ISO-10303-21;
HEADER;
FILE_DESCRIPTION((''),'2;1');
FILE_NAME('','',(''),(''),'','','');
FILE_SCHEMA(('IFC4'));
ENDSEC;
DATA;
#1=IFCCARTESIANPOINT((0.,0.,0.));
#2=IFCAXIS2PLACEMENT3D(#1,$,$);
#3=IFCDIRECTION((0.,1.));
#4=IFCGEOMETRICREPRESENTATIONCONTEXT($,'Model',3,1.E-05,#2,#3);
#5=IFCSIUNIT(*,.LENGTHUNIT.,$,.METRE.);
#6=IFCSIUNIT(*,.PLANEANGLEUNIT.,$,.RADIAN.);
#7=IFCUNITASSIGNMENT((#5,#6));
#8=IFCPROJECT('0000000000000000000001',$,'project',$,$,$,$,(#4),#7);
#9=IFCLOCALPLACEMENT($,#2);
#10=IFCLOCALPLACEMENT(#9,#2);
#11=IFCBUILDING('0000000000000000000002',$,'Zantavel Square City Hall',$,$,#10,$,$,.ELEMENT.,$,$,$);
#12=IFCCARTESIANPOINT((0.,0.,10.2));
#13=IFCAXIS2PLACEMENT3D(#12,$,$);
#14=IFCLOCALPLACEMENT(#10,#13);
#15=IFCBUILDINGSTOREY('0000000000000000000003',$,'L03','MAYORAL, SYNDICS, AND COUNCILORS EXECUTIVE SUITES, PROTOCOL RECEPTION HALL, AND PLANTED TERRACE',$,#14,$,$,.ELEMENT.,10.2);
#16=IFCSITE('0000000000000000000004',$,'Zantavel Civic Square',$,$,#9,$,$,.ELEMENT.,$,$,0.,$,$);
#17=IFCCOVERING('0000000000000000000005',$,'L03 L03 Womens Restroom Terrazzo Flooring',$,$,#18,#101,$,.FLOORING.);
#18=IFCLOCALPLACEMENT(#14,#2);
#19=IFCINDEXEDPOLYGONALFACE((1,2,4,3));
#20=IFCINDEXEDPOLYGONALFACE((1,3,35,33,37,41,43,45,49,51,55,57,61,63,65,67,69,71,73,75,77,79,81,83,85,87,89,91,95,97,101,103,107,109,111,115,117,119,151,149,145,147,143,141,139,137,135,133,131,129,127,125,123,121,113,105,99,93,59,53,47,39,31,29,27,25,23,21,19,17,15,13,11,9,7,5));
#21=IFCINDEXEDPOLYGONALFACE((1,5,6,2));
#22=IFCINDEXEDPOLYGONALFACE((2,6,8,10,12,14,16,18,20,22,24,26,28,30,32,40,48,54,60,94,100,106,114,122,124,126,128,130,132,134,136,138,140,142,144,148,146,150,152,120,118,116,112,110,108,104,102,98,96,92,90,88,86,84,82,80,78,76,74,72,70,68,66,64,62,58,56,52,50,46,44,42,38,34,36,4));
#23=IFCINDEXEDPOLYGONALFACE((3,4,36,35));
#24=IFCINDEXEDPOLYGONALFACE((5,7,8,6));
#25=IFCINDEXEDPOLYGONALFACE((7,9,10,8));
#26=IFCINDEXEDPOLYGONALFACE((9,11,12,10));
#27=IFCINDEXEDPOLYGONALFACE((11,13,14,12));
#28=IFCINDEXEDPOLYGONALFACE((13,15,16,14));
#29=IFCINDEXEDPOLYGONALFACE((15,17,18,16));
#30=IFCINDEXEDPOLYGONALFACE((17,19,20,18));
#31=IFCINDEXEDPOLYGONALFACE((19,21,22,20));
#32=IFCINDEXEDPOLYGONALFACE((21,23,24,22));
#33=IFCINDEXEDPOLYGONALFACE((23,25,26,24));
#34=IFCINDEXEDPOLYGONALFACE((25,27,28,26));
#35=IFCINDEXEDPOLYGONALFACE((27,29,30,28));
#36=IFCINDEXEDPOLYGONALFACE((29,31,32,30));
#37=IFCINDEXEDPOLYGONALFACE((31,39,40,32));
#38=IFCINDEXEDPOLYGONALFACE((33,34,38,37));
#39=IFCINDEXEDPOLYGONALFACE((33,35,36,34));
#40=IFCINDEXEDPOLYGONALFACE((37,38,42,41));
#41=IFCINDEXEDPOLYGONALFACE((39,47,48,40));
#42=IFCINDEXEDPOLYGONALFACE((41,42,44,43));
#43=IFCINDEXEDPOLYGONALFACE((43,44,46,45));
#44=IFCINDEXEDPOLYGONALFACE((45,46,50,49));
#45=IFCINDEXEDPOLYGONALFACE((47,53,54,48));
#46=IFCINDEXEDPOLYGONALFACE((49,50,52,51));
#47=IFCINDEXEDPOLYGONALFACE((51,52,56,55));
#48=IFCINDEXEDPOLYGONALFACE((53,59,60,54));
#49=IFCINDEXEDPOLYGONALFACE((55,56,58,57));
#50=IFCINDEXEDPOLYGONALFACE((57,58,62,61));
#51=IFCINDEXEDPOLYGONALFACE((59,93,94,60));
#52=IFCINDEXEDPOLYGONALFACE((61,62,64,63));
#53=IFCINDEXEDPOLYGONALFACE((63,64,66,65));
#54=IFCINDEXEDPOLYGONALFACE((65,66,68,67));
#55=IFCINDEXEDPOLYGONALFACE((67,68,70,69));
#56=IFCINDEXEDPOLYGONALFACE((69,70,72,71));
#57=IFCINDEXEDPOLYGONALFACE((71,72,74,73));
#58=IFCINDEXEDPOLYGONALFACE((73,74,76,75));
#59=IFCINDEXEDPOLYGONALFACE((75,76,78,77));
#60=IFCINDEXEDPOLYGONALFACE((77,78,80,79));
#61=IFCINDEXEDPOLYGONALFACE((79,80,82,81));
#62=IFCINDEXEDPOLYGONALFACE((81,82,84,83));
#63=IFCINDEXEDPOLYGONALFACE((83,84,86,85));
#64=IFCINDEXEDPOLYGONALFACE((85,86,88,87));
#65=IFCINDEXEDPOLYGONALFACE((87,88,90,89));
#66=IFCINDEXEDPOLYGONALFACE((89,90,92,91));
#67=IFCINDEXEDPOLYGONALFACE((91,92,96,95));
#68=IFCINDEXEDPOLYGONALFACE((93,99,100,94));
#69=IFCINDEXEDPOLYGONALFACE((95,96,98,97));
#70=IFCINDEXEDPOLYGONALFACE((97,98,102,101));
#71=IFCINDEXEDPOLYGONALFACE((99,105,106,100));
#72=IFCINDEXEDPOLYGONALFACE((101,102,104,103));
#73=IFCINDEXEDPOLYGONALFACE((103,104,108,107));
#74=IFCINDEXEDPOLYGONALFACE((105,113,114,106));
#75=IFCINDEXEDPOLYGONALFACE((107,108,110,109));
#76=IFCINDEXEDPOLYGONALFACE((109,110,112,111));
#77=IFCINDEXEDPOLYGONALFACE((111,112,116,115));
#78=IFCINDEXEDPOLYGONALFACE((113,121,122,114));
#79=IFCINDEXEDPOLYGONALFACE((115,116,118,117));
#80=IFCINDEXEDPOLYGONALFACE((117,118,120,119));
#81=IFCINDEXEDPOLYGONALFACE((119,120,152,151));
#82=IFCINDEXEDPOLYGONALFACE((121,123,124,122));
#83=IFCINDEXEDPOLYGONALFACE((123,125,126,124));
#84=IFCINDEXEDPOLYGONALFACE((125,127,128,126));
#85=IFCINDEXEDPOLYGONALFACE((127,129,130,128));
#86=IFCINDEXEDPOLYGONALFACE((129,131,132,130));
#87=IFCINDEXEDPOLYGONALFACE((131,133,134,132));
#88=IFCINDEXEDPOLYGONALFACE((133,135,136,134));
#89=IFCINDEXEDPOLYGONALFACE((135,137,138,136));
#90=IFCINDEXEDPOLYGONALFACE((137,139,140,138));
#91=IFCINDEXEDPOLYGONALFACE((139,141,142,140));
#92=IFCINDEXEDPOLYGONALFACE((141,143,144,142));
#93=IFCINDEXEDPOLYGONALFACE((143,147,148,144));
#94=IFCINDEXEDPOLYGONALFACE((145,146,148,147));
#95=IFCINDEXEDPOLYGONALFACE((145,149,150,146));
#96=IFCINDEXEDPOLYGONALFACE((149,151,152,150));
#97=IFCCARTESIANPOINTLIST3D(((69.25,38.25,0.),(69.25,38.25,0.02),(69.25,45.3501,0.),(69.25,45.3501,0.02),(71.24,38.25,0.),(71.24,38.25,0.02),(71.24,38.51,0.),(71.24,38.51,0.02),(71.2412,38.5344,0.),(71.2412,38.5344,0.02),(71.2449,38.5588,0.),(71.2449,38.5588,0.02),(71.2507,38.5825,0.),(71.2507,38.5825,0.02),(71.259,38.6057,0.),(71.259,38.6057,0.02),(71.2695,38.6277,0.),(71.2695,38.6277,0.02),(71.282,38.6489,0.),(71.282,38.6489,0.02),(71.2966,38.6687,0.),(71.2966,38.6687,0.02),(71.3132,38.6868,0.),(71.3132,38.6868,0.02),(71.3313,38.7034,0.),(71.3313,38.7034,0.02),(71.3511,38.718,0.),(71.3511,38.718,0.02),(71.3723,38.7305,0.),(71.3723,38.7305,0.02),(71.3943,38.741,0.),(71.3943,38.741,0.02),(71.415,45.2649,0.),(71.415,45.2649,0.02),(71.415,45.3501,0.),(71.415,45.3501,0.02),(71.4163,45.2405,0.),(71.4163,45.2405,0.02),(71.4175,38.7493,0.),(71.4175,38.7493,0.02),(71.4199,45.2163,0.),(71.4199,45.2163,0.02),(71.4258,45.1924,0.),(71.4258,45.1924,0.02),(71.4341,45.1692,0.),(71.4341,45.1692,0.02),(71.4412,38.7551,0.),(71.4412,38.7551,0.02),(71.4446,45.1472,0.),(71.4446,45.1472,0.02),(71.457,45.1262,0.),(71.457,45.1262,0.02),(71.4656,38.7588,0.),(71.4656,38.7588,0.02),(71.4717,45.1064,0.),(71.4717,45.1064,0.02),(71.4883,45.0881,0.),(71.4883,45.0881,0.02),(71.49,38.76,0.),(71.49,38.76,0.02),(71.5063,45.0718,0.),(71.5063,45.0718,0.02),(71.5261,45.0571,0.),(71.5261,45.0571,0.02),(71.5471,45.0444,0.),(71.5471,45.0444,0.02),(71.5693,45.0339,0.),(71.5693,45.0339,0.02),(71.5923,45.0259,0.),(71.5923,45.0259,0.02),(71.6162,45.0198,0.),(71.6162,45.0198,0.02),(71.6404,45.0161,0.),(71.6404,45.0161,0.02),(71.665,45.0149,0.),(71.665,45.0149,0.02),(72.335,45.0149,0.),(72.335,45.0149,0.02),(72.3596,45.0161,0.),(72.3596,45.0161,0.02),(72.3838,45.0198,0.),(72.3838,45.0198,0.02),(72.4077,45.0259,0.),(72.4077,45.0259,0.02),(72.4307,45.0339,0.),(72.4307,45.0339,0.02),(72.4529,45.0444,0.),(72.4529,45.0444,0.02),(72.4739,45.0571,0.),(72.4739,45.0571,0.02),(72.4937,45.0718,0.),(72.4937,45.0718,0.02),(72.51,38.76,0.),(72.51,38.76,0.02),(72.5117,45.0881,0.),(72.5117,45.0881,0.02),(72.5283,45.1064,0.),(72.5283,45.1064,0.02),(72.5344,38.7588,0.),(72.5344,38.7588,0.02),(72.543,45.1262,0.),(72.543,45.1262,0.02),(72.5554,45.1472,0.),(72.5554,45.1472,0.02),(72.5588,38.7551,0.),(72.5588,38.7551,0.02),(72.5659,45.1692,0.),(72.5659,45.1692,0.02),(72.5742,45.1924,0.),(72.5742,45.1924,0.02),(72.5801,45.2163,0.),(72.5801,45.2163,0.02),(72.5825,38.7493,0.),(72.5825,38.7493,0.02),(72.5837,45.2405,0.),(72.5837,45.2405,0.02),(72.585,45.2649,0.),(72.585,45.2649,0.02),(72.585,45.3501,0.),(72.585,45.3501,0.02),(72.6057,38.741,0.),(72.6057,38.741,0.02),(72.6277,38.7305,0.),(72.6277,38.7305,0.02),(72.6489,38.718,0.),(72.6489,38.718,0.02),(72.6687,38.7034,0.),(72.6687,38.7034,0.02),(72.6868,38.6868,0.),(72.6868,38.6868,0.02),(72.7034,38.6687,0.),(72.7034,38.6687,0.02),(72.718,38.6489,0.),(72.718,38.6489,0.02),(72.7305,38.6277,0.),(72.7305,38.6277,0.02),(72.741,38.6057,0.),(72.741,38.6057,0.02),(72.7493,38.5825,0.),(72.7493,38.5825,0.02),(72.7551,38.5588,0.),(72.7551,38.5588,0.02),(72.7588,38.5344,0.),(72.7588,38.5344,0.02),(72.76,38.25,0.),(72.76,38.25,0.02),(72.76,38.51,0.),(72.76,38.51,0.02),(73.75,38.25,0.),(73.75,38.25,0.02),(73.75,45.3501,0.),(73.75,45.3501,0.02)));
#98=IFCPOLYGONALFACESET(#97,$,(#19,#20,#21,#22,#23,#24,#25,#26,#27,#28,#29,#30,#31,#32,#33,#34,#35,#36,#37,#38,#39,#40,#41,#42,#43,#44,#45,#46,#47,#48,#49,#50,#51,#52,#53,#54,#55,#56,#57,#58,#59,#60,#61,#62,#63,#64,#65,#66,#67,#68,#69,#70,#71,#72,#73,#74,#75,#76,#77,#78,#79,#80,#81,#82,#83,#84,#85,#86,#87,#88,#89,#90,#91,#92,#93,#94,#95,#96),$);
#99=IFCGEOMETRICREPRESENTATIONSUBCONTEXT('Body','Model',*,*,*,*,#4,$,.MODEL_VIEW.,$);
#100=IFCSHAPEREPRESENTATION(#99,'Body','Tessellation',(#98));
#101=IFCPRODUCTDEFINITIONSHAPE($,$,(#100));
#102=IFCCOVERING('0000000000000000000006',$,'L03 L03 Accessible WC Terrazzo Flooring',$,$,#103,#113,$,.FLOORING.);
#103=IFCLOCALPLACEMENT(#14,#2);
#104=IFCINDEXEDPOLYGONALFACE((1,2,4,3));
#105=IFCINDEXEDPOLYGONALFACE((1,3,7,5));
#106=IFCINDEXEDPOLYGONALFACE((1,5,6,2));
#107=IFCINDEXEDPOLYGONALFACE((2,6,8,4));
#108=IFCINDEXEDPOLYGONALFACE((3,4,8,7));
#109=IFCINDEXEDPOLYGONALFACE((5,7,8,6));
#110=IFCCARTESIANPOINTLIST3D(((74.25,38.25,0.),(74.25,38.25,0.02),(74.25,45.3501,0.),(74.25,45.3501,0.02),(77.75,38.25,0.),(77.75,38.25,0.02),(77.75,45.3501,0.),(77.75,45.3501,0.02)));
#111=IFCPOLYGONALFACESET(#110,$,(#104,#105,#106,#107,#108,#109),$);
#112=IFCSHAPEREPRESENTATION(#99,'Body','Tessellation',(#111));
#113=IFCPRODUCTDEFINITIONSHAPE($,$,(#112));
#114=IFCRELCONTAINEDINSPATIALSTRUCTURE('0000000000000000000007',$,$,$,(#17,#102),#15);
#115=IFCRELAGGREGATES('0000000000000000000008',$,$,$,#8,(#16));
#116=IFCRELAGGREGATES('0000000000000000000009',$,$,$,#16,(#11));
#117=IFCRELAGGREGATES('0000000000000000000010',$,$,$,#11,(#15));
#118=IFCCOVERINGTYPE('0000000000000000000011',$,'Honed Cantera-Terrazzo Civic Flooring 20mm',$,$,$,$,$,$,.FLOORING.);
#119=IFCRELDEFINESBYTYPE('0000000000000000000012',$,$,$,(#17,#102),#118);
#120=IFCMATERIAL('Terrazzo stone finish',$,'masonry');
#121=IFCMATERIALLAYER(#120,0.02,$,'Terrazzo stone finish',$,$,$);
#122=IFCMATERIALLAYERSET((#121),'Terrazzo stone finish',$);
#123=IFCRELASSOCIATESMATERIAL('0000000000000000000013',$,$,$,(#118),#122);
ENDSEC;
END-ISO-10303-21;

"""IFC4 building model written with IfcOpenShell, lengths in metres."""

from ifc_helpers import new_model, si_unit, direction, frame, origin, place, context, subcontext, project, spatial, polyline, outline, extrude, material, layer, layer_set, type_object, element, save


model = new_model("IFC4")

# Units and contexts
model_context = context("Model", 3, precision=1e-05, world=origin(), true_north=direction((0.0, 1.0)))
body_context = subcontext(model_context, "Body", "Model", "MODEL_VIEW")
ifc_project = project(units=[si_unit("LENGTHUNIT", "METRE"), si_unit("PLANEANGLEUNIT", "RADIAN")], contexts=[model_context])

# Site, building, storey
site_placement = place(None, origin())
site = spatial("IfcSite", under=ifc_project, at=site_placement, Name="Zantavel Civic Square", CompositionType="ELEMENT", RefElevation=0.0)
building_placement = place(site_placement, origin())
building = spatial("IfcBuilding", under=site, at=building_placement, Name="Zantavel Square City Hall", CompositionType="ELEMENT")
storey_placement = place(building_placement, frame((0.0, 0.0, 10.2)))
storey = spatial("IfcBuildingStorey", under=building, at=storey_placement, Name="L03", Description="MAYORAL, SYNDICS, AND COUNCILORS EXECUTIVE SUITES, PROTOCOL RECEPTION HALL, AND PLANTED TERRACE", CompositionType="ELEMENT", Elevation=10.2)

# Coverings
ifc_material_1 = material(Name="Terrazzo stone finish", Category="masonry")
ifc_layer_1 = layer(ifc_material_1, 0.02, Name="Terrazzo stone finish")
ifc_layer_set_1 = layer_set([ifc_layer_1], Name="Terrazzo stone finish")
covering_type_1 = type_object("IfcCoveringType", Name="Honed Cantera-Terrazzo Civic Flooring 20mm", PredefinedType="FLOORING", material=ifc_layer_set_1)
covering_1_placement = place(storey_placement, origin())
element("IfcCovering", 1, at=covering_1_placement, inside=storey, type_object=covering_type_1, Name="L03 L03 Womens Restroom Terrazzo Flooring", PredefinedType="FLOORING", context=body_context, shape_type="SweptSolid", body=[
    extrude(outline(polyline([(72.76, 38.51), (72.7588, 38.5344), (72.7551, 38.5588), (72.7493, 38.5825), (72.741, 38.6057), (72.7305, 38.6277), (72.718, 38.6489), (72.7034, 38.6687), (72.6868, 38.6868), (72.6687, 38.7034), (72.6489, 38.718), (72.6277, 38.7305), (72.6057, 38.741), (72.5825, 38.7493), (72.5588, 38.7551), (72.5344, 38.7588), (72.51, 38.76), (71.49, 38.76), (71.4656, 38.7588), (71.4412, 38.7551), (71.4175, 38.7493), (71.3943, 38.741), (71.3723, 38.7305), (71.3511, 38.718), (71.3313, 38.7034), (71.3132, 38.6868), (71.2966, 38.6687), (71.282, 38.6489), (71.2695, 38.6277), (71.259, 38.6057), (71.2507, 38.5825), (71.2449, 38.5588), (71.2412, 38.5344), (71.24, 38.51), (71.24, 38.25), (69.25, 38.25), (69.25, 45.3501), (71.415, 45.3501), (71.415, 45.2649), (71.4163, 45.2405), (71.4199, 45.2163), (71.4258, 45.1924), (71.4341, 45.1692), (71.4446, 45.1472), (71.457, 45.1262), (71.4717, 45.1064), (71.4883, 45.0881), (71.5063, 45.0718), (71.5261, 45.0571), (71.5471, 45.0444), (71.5693, 45.0339), (71.5923, 45.0259), (71.6162, 45.0198), (71.6404, 45.0161), (71.665, 45.0149), (72.335, 45.0149), (72.3596, 45.0161), (72.3838, 45.0198), (72.4077, 45.0259), (72.4307, 45.0339), (72.4529, 45.0444), (72.4739, 45.0571), (72.4937, 45.0718), (72.5117, 45.0881), (72.5283, 45.1064), (72.543, 45.1262), (72.5554, 45.1472), (72.5659, 45.1692), (72.5742, 45.1924), (72.5801, 45.2163), (72.5837, 45.2405), (72.585, 45.2649), (72.585, 45.3501), (73.75, 45.3501), (73.75, 38.25), (72.76, 38.25), (72.76, 38.51)])), origin(), (0.0, 0.0, 1.0), 0.02),
])
covering_2_placement = place(storey_placement, origin())
element("IfcCovering", 2, at=covering_2_placement, inside=storey, type_object=covering_type_1, Name="L03 L03 Accessible WC Terrazzo Flooring", PredefinedType="FLOORING", context=body_context, shape_type="SweptSolid", body=[
    extrude(outline(polyline([(74.25, 45.3501), (77.75, 45.3501), (77.75, 38.25), (74.25, 38.25), (74.25, 45.3501)])), origin(), (0.0, 0.0, 1.0), 0.02),
])

save(model, "model.ifc")
